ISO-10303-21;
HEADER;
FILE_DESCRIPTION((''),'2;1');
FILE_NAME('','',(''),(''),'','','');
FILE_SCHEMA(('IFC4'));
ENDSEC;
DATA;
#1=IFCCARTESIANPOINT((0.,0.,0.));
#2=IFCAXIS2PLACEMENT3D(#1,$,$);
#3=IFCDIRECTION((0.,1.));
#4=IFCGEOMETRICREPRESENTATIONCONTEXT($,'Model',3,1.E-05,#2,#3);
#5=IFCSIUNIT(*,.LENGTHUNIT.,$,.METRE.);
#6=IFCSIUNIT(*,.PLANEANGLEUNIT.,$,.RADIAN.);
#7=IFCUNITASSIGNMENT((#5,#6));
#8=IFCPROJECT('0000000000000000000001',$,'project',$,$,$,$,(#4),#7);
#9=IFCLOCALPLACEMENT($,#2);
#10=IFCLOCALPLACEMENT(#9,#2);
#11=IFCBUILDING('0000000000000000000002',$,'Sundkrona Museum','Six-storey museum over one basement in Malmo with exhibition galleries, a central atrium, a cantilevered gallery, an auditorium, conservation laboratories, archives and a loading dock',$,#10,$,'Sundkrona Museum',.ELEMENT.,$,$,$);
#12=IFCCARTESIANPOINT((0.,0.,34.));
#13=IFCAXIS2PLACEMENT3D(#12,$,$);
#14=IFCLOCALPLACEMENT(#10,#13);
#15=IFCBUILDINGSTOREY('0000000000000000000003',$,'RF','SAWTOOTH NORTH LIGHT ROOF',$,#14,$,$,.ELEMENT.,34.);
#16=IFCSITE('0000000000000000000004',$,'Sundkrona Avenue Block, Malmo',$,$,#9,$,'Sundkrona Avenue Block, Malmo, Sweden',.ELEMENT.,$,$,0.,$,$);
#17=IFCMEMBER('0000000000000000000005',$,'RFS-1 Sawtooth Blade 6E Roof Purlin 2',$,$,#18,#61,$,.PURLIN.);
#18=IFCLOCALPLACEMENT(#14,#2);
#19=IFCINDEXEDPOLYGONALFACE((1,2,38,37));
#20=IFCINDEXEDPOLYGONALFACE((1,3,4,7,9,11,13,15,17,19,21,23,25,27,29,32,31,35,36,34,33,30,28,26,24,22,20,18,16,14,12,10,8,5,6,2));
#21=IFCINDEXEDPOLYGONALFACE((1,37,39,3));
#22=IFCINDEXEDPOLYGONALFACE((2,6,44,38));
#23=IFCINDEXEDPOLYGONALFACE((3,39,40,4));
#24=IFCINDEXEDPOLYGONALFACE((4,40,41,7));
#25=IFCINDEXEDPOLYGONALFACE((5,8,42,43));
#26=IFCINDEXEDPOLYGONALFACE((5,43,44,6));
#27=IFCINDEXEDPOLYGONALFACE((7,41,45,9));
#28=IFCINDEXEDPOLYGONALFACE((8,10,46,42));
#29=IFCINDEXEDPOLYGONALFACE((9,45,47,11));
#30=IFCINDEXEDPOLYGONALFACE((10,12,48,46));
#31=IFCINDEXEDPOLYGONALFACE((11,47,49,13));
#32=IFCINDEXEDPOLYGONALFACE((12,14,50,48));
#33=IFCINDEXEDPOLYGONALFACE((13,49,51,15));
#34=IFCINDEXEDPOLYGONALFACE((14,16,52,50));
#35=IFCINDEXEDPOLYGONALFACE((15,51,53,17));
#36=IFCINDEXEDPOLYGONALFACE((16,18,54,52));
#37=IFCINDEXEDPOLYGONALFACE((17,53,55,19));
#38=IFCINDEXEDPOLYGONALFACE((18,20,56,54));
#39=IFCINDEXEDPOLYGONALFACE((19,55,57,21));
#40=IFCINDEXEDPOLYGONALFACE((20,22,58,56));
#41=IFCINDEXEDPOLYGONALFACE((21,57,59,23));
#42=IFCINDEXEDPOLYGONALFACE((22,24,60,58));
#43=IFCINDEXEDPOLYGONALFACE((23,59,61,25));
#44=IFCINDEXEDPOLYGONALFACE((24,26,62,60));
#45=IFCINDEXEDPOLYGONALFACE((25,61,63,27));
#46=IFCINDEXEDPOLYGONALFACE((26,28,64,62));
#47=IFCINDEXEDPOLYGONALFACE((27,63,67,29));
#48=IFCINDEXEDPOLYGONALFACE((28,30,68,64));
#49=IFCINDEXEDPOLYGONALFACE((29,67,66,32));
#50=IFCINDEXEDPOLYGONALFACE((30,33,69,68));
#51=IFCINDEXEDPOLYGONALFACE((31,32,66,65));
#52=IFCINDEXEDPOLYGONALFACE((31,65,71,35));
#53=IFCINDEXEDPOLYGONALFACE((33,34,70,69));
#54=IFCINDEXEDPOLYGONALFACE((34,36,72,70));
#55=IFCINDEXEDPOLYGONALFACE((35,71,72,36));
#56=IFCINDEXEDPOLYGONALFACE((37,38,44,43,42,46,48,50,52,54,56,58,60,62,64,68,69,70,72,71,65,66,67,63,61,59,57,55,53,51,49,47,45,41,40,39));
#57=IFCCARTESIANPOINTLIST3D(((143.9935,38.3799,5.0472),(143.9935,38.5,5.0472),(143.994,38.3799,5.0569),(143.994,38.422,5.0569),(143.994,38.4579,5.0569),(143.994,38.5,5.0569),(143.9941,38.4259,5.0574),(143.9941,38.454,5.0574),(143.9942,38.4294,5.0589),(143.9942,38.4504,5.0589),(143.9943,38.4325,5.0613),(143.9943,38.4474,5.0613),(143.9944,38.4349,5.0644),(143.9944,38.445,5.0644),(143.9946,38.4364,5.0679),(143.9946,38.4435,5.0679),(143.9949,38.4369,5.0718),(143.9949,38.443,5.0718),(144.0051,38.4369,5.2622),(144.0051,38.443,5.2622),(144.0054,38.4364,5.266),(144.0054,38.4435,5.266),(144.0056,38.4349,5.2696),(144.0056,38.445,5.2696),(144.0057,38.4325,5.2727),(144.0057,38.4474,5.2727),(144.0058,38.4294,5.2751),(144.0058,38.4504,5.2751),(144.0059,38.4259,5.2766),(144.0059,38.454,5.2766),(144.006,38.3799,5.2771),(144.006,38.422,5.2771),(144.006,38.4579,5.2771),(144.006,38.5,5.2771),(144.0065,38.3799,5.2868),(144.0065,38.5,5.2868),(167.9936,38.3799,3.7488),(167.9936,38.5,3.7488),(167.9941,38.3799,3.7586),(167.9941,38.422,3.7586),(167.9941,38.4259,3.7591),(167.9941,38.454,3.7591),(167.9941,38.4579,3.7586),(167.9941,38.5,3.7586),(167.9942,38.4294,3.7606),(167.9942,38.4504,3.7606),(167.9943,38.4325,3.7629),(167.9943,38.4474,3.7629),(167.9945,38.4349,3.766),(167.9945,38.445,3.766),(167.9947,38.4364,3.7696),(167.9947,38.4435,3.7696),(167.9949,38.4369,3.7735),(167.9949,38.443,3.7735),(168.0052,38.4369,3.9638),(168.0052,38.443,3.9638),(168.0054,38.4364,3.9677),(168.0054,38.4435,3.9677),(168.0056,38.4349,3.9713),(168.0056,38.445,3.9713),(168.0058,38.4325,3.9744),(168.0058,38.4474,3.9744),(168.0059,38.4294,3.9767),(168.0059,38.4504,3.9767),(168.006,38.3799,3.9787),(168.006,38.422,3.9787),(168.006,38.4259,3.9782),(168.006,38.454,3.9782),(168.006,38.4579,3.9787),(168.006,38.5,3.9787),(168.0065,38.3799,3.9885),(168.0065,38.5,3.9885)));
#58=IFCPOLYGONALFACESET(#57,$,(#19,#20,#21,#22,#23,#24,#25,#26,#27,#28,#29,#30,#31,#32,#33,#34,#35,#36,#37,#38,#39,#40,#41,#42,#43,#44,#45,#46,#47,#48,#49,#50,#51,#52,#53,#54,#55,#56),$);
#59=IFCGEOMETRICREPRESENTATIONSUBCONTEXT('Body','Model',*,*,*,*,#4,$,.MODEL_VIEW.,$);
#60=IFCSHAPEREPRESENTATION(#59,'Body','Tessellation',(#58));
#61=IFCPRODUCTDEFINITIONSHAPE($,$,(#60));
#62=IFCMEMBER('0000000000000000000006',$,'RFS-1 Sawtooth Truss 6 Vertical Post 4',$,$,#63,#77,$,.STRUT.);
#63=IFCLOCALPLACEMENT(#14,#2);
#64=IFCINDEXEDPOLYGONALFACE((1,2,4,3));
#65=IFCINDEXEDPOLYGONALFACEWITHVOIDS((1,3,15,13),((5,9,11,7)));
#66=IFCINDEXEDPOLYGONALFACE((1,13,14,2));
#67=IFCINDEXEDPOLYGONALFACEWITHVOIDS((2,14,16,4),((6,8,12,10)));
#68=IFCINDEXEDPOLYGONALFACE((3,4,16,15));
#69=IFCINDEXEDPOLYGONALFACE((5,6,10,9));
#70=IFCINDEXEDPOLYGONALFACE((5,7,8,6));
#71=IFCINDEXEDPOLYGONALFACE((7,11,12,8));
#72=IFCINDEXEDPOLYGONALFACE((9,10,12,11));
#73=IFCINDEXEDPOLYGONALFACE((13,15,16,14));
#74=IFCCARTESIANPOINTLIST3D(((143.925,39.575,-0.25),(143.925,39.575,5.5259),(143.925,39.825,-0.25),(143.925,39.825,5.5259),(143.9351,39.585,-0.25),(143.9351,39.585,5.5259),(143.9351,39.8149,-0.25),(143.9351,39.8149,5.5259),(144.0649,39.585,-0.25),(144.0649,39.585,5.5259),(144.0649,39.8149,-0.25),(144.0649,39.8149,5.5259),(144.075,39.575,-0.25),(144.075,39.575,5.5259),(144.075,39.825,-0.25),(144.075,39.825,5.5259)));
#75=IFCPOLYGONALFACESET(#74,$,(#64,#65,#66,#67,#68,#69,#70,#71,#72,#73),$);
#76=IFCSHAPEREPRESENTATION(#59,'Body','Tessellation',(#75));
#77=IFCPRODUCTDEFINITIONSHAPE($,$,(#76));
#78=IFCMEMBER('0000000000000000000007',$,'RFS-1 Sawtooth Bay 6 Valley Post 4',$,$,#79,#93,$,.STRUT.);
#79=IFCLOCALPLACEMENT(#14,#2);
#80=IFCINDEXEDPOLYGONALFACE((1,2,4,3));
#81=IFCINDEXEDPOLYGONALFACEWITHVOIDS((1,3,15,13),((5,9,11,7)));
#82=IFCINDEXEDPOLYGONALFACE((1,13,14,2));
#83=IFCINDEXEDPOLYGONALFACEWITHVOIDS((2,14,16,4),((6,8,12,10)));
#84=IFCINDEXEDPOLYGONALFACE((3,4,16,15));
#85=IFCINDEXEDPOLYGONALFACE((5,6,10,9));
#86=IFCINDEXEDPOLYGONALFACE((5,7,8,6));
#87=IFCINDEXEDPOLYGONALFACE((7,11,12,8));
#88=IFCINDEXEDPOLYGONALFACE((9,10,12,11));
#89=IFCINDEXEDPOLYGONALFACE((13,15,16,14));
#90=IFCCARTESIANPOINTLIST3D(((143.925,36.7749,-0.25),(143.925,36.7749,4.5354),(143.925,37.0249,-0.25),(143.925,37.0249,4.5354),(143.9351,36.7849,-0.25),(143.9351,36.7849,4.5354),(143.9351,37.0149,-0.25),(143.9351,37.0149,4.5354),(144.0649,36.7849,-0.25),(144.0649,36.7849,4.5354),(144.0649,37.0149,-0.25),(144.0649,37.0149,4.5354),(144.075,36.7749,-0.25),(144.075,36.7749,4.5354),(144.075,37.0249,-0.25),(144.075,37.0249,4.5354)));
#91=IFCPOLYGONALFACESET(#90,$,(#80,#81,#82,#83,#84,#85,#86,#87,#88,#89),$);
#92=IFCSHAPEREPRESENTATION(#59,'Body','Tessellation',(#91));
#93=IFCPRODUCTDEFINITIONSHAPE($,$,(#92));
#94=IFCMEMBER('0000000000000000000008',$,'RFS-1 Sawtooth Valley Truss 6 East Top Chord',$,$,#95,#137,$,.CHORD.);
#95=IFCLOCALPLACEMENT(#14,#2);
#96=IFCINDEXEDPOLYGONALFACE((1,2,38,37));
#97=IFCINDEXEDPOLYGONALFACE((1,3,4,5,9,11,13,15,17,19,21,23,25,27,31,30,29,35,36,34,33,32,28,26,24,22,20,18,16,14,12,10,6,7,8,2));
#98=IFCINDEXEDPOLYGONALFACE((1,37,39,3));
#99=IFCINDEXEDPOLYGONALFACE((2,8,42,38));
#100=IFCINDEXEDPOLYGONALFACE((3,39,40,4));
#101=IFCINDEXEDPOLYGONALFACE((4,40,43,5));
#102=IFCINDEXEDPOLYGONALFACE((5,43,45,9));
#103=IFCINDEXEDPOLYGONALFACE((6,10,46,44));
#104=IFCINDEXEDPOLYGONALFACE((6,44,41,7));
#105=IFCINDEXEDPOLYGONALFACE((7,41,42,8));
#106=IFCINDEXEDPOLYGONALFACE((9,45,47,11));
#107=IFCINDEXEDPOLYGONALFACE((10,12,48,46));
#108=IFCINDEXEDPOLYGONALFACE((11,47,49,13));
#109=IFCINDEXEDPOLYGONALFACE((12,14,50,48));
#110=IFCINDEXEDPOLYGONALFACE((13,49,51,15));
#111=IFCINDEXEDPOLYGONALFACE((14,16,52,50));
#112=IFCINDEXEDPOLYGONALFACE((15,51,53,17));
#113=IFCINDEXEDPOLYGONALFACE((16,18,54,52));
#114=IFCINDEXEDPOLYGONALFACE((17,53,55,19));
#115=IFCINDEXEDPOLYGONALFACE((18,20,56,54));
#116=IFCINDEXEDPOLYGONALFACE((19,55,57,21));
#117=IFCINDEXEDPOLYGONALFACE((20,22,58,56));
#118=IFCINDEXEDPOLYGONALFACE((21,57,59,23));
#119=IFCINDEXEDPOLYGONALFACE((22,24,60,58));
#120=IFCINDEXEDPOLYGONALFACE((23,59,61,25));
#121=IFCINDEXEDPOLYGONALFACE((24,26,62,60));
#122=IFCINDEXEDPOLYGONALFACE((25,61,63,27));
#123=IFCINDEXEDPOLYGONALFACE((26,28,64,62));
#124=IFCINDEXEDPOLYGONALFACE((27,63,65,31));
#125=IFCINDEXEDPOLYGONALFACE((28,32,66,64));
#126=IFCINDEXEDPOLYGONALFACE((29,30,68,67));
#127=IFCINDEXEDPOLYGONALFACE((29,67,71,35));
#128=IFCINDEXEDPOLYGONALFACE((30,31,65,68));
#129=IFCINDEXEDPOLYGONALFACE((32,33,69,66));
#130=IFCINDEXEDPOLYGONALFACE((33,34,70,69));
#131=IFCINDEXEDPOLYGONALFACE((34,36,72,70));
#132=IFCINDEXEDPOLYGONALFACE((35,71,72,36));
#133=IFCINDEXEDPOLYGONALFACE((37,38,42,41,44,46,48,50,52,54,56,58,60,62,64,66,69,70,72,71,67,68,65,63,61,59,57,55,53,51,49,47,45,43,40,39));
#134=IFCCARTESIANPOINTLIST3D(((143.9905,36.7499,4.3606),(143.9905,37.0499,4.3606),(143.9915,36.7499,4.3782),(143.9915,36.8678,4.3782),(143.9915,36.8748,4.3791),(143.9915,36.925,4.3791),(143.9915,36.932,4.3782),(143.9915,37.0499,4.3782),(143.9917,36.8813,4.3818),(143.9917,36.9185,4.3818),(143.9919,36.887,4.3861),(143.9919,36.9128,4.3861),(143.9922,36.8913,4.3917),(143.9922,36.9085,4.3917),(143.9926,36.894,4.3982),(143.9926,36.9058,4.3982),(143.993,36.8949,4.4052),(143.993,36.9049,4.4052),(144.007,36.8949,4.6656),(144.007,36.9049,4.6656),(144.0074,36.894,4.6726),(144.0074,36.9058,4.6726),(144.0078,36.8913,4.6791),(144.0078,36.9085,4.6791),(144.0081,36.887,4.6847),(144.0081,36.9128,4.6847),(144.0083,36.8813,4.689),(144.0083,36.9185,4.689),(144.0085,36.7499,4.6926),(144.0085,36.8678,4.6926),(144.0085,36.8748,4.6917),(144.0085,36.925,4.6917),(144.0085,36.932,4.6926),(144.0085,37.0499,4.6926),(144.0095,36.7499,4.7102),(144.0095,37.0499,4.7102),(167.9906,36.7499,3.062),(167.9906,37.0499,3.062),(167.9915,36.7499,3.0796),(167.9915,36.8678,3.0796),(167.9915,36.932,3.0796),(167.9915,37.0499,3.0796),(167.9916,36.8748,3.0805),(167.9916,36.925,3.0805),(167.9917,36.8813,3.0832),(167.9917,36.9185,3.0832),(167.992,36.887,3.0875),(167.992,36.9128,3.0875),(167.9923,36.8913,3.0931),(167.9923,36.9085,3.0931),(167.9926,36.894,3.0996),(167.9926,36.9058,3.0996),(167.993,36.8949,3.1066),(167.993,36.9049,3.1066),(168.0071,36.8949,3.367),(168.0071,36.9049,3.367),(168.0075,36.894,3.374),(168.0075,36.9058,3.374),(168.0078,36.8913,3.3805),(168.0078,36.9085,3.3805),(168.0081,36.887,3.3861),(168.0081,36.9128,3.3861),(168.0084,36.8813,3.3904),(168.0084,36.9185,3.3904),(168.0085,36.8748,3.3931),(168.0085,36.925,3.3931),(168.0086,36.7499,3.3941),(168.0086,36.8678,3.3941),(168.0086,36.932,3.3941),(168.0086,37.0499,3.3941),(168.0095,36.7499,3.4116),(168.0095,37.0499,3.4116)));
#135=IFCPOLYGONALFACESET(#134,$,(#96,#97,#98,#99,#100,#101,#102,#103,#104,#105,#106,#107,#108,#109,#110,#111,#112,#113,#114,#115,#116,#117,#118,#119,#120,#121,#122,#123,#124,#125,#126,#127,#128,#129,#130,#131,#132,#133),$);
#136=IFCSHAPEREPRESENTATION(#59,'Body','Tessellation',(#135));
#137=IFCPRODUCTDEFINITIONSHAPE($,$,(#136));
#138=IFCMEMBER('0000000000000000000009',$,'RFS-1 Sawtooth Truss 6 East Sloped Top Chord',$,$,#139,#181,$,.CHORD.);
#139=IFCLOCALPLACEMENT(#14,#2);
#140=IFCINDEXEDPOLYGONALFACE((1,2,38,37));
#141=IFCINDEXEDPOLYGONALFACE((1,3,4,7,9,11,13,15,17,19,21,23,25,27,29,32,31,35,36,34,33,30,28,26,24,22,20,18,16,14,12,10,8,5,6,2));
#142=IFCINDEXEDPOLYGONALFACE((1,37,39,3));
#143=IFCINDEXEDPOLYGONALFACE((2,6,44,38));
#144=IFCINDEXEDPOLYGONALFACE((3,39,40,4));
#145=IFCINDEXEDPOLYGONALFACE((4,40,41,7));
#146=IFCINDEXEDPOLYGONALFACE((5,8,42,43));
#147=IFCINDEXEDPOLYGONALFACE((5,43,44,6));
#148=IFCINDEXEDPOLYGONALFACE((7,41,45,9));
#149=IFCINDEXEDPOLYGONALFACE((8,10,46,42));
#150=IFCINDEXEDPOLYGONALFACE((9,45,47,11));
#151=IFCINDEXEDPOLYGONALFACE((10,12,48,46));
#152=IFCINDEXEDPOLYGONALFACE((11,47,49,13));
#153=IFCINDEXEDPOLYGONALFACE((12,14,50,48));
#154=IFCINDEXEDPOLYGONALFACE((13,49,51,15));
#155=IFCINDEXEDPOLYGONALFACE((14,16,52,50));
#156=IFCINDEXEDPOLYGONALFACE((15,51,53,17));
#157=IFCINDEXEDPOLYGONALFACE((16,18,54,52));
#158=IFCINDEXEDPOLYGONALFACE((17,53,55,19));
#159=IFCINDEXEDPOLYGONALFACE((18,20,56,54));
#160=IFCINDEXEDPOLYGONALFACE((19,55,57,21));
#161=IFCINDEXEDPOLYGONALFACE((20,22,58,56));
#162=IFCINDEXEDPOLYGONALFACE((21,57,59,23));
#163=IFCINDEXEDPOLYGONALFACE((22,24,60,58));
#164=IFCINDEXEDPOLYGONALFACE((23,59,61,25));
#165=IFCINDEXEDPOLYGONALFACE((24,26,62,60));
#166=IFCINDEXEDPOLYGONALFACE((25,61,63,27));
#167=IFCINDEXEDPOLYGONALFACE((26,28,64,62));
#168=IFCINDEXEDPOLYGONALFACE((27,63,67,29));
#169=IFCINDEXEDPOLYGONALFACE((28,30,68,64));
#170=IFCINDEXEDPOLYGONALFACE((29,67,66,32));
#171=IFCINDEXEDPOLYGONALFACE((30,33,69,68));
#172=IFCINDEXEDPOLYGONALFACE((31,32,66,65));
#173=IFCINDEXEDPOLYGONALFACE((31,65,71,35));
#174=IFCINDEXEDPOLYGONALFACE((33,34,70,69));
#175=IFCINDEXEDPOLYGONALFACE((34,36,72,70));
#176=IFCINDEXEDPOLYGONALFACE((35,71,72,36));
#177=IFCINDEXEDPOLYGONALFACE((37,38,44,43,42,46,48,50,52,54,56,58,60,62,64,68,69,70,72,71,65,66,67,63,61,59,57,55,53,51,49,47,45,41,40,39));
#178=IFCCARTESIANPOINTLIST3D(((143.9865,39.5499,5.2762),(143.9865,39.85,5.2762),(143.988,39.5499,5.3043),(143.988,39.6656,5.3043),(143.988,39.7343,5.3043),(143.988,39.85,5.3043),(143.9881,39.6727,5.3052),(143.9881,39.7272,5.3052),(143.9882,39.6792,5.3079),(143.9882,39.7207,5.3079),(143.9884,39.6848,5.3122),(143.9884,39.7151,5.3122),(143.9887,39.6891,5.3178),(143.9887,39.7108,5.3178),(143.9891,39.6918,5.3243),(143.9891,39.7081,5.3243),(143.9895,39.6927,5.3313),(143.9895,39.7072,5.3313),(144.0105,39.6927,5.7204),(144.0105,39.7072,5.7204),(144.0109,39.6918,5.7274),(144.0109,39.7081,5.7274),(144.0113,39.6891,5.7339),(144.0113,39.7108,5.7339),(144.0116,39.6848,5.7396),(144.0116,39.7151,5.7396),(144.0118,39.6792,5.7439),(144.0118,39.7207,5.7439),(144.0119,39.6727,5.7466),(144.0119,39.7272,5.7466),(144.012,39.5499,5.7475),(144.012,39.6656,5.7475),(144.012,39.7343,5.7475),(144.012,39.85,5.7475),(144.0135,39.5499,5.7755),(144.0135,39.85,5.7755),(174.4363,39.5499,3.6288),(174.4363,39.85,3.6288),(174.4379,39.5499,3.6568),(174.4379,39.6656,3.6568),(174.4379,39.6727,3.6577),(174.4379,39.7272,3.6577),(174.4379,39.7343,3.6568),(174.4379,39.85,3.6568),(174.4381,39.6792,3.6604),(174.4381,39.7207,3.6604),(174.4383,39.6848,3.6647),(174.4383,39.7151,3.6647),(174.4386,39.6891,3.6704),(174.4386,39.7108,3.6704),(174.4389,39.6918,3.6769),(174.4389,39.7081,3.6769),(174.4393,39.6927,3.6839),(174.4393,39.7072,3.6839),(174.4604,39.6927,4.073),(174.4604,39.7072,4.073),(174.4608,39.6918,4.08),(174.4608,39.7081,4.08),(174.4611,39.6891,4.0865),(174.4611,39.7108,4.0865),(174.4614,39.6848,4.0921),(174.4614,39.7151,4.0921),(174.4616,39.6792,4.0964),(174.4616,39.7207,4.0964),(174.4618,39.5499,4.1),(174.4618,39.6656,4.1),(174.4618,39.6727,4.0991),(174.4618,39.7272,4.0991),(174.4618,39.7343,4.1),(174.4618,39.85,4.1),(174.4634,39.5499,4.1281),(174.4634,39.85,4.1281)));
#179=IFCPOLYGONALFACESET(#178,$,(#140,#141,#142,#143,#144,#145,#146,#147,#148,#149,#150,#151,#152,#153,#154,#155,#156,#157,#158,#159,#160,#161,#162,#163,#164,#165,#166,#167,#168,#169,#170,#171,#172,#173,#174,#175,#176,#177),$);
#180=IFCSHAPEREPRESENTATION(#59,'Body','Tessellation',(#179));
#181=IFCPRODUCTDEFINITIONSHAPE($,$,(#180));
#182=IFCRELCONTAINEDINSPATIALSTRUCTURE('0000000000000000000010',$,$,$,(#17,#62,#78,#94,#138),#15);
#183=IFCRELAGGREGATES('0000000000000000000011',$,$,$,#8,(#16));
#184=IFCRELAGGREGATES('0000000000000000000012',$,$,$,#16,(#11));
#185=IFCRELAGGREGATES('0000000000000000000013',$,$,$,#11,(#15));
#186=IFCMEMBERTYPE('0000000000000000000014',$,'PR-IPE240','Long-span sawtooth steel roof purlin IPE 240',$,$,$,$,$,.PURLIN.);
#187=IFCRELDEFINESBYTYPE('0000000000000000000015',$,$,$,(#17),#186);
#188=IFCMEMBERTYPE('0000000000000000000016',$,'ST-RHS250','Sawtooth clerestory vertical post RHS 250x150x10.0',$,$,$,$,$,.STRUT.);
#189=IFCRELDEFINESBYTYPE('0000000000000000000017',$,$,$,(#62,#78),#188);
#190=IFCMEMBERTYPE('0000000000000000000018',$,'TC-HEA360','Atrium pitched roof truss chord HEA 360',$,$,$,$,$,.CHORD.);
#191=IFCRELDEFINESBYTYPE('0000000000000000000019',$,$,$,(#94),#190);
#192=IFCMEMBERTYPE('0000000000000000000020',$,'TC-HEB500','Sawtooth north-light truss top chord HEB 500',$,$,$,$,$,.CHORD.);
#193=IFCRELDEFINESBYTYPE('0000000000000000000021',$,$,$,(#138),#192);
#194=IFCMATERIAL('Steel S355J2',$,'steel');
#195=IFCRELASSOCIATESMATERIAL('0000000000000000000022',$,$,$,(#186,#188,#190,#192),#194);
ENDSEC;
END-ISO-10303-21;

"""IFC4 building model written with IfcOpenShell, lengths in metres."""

from ifc_helpers import new_model, si_unit, direction, frame, origin, origin_2d, place, context, subcontext, project, spatial, hollow_rectangle, i_section, extrude, material, material_profile, profile_set, type_object, element, save


model = new_model("IFC4")

# Units and contexts
model_context = context("Model", 3, precision=1e-05, world=origin(), true_north=direction((0.0, 1.0)))
body_context = subcontext(model_context, "Body", "Model", "MODEL_VIEW")
ifc_project = project(units=[si_unit("LENGTHUNIT", "METRE"), si_unit("PLANEANGLEUNIT", "RADIAN")], contexts=[model_context])

# Site, building, storey
site_placement = place(None, origin())
site = spatial("IfcSite", under=ifc_project, at=site_placement, Name="Sundkrona Avenue Block, Malmo", LongName="Sundkrona Avenue Block, Malmo, Sweden", CompositionType="ELEMENT", RefElevation=0.0)
building_placement = place(site_placement, origin())
building = spatial("IfcBuilding", under=site, at=building_placement, Name="Sundkrona Museum", Description="Six-storey museum over one basement in Malmo with exhibition galleries, a central atrium, a cantilevered gallery, an auditorium, conservation laboratories, archives and a loading dock", LongName="Sundkrona Museum", CompositionType="ELEMENT")
storey_placement = place(building_placement, frame((0.0, 0.0, 34.0)))
storey = spatial("IfcBuildingStorey", under=building, at=storey_placement, Name="RF", Description="SAWTOOTH NORTH LIGHT ROOF", CompositionType="ELEMENT", Elevation=34.0)

# Members
ifc_material_1 = material(Name="Steel S355J2", Category="steel")
ifc_material_profile_1 = material_profile(ifc_material_1, i_section(OverallWidth=0.1201, OverallDepth=0.24, WebThickness=0.0061, FlangeThickness=0.0098, FilletRadius=0.0149, at=origin_2d()), Name="IPE 240")
ifc_profile_set_1 = profile_set([ifc_material_profile_1], Name="Steel S355J2")
member_type_1 = type_object("IfcMemberType", Name="PR-IPE240", Description="Long-span sawtooth steel roof purlin IPE 240", PredefinedType="PURLIN", material=ifc_profile_set_1)
member_1_placement = place(storey_placement, frame((144.0, 38.4399, 5.167), z_axis=(0.99854, 0.0, -0.054019), x_axis=(0.0, 1.0, 0.0)))
element("IfcMember", 1, at=member_1_placement, inside=storey, type_object=member_type_1, Name="RFS-1 Sawtooth Blade 6E Roof Purlin 2", PredefinedType="PURLIN", context=body_context, shape_type="SweptSolid", body=[
    extrude(i_section(OverallWidth=0.1201, OverallDepth=0.24, WebThickness=0.0061, FlangeThickness=0.0098, FilletRadius=0.0149, at=origin_2d()), origin(), (0.0, 0.0, 1.0), 24.0352),
])
ifc_material_profile_2 = material_profile(ifc_material_1, hollow_rectangle(XDim=0.1499, YDim=0.25, WallThickness=0.01, at=origin_2d()), Name="RHS 250x150x10.0")
ifc_profile_set_2 = profile_set([ifc_material_profile_2], Name="Steel S355J2")
member_type_2 = type_object("IfcMemberType", Name="ST-RHS250", Description="Sawtooth clerestory vertical post RHS 250x150x10.0", PredefinedType="STRUT", material=ifc_profile_set_2)
member_2_placement = place(storey_placement, frame((144.0, 39.7, -0.25), z_axis=(0.0, 0.0, 1.0), x_axis=(1.0, 0.0, 0.0)))
element("IfcMember", 2, at=member_2_placement, inside=storey, type_object=member_type_2, Name="RFS-1 Sawtooth Truss 6 Vertical Post 4", PredefinedType="STRUT", context=body_context, shape_type="SweptSolid", body=[
    extrude(hollow_rectangle(XDim=0.1499, YDim=0.25, WallThickness=0.01, at=origin_2d()), origin(), (0.0, 0.0, 1.0), 5.7759),
])
member_3_placement = place(storey_placement, frame((144.0, 36.8999, -0.25), z_axis=(0.0, 0.0, 1.0), x_axis=(1.0, 0.0, 0.0)))
element("IfcMember", 3, at=member_3_placement, inside=storey, type_object=member_type_2, Name="RFS-1 Sawtooth Bay 6 Valley Post 4", PredefinedType="STRUT", context=body_context, shape_type="SweptSolid", body=[
    extrude(hollow_rectangle(XDim=0.1499, YDim=0.25, WallThickness=0.01, at=origin_2d()), origin(), (0.0, 0.0, 1.0), 4.7854),
])
ifc_material_profile_3 = material_profile(ifc_material_1, i_section(OverallWidth=0.3, OverallDepth=0.3501, WebThickness=0.01, FlangeThickness=0.0176, FilletRadius=0.0271, at=origin_2d()), Name="HEA 360")
ifc_profile_set_3 = profile_set([ifc_material_profile_3], Name="Steel S355J2")
member_type_3 = type_object("IfcMemberType", Name="TC-HEA360", Description="Atrium pitched roof truss chord HEA 360", PredefinedType="CHORD", material=ifc_profile_set_3)
member_4_placement = place(storey_placement, frame((144.0, 36.8999, 4.5354), z_axis=(0.998539, 0.0, -0.054029), x_axis=(0.0, 1.0, 0.0)))
element("IfcMember", 4, at=member_4_placement, inside=storey, type_object=member_type_3, Name="RFS-1 Sawtooth Valley Truss 6 East Top Chord", PredefinedType="CHORD", context=body_context, shape_type="SweptSolid", body=[
    extrude(i_section(OverallWidth=0.3, OverallDepth=0.3501, WebThickness=0.01, FlangeThickness=0.0176, FilletRadius=0.0271, at=origin_2d()), origin(), (0.0, 0.0, 1.0), 24.0352),
])
ifc_material_profile_4 = material_profile(ifc_material_1, i_section(OverallWidth=0.3, OverallDepth=0.5, WebThickness=0.0144, FlangeThickness=0.0281, FilletRadius=0.0271, at=origin_2d()), Name="HEB 500")
ifc_profile_set_4 = profile_set([ifc_material_profile_4], Name="Steel S355J2")
member_type_4 = type_object("IfcMemberType", Name="TC-HEB500", Description="Sawtooth north-light truss top chord HEB 500", PredefinedType="CHORD", material=ifc_profile_set_4)
member_5_placement = place(storey_placement, frame((144.0, 39.7, 5.5259), z_axis=(0.99854, 0.0, -0.054025), x_axis=(0.0, 1.0, 0.0)))
element("IfcMember", 5, at=member_5_placement, inside=storey, type_object=member_type_4, Name="RFS-1 Sawtooth Truss 6 East Sloped Top Chord", PredefinedType="CHORD", context=body_context, shape_type="SweptSolid", body=[
    extrude(i_section(OverallWidth=0.3, OverallDepth=0.5, WebThickness=0.0144, FlangeThickness=0.0281, FilletRadius=0.0271, at=origin_2d()), origin(), (0.0, 0.0, 1.0), 30.4944),
])

save(model, "model.ifc")
